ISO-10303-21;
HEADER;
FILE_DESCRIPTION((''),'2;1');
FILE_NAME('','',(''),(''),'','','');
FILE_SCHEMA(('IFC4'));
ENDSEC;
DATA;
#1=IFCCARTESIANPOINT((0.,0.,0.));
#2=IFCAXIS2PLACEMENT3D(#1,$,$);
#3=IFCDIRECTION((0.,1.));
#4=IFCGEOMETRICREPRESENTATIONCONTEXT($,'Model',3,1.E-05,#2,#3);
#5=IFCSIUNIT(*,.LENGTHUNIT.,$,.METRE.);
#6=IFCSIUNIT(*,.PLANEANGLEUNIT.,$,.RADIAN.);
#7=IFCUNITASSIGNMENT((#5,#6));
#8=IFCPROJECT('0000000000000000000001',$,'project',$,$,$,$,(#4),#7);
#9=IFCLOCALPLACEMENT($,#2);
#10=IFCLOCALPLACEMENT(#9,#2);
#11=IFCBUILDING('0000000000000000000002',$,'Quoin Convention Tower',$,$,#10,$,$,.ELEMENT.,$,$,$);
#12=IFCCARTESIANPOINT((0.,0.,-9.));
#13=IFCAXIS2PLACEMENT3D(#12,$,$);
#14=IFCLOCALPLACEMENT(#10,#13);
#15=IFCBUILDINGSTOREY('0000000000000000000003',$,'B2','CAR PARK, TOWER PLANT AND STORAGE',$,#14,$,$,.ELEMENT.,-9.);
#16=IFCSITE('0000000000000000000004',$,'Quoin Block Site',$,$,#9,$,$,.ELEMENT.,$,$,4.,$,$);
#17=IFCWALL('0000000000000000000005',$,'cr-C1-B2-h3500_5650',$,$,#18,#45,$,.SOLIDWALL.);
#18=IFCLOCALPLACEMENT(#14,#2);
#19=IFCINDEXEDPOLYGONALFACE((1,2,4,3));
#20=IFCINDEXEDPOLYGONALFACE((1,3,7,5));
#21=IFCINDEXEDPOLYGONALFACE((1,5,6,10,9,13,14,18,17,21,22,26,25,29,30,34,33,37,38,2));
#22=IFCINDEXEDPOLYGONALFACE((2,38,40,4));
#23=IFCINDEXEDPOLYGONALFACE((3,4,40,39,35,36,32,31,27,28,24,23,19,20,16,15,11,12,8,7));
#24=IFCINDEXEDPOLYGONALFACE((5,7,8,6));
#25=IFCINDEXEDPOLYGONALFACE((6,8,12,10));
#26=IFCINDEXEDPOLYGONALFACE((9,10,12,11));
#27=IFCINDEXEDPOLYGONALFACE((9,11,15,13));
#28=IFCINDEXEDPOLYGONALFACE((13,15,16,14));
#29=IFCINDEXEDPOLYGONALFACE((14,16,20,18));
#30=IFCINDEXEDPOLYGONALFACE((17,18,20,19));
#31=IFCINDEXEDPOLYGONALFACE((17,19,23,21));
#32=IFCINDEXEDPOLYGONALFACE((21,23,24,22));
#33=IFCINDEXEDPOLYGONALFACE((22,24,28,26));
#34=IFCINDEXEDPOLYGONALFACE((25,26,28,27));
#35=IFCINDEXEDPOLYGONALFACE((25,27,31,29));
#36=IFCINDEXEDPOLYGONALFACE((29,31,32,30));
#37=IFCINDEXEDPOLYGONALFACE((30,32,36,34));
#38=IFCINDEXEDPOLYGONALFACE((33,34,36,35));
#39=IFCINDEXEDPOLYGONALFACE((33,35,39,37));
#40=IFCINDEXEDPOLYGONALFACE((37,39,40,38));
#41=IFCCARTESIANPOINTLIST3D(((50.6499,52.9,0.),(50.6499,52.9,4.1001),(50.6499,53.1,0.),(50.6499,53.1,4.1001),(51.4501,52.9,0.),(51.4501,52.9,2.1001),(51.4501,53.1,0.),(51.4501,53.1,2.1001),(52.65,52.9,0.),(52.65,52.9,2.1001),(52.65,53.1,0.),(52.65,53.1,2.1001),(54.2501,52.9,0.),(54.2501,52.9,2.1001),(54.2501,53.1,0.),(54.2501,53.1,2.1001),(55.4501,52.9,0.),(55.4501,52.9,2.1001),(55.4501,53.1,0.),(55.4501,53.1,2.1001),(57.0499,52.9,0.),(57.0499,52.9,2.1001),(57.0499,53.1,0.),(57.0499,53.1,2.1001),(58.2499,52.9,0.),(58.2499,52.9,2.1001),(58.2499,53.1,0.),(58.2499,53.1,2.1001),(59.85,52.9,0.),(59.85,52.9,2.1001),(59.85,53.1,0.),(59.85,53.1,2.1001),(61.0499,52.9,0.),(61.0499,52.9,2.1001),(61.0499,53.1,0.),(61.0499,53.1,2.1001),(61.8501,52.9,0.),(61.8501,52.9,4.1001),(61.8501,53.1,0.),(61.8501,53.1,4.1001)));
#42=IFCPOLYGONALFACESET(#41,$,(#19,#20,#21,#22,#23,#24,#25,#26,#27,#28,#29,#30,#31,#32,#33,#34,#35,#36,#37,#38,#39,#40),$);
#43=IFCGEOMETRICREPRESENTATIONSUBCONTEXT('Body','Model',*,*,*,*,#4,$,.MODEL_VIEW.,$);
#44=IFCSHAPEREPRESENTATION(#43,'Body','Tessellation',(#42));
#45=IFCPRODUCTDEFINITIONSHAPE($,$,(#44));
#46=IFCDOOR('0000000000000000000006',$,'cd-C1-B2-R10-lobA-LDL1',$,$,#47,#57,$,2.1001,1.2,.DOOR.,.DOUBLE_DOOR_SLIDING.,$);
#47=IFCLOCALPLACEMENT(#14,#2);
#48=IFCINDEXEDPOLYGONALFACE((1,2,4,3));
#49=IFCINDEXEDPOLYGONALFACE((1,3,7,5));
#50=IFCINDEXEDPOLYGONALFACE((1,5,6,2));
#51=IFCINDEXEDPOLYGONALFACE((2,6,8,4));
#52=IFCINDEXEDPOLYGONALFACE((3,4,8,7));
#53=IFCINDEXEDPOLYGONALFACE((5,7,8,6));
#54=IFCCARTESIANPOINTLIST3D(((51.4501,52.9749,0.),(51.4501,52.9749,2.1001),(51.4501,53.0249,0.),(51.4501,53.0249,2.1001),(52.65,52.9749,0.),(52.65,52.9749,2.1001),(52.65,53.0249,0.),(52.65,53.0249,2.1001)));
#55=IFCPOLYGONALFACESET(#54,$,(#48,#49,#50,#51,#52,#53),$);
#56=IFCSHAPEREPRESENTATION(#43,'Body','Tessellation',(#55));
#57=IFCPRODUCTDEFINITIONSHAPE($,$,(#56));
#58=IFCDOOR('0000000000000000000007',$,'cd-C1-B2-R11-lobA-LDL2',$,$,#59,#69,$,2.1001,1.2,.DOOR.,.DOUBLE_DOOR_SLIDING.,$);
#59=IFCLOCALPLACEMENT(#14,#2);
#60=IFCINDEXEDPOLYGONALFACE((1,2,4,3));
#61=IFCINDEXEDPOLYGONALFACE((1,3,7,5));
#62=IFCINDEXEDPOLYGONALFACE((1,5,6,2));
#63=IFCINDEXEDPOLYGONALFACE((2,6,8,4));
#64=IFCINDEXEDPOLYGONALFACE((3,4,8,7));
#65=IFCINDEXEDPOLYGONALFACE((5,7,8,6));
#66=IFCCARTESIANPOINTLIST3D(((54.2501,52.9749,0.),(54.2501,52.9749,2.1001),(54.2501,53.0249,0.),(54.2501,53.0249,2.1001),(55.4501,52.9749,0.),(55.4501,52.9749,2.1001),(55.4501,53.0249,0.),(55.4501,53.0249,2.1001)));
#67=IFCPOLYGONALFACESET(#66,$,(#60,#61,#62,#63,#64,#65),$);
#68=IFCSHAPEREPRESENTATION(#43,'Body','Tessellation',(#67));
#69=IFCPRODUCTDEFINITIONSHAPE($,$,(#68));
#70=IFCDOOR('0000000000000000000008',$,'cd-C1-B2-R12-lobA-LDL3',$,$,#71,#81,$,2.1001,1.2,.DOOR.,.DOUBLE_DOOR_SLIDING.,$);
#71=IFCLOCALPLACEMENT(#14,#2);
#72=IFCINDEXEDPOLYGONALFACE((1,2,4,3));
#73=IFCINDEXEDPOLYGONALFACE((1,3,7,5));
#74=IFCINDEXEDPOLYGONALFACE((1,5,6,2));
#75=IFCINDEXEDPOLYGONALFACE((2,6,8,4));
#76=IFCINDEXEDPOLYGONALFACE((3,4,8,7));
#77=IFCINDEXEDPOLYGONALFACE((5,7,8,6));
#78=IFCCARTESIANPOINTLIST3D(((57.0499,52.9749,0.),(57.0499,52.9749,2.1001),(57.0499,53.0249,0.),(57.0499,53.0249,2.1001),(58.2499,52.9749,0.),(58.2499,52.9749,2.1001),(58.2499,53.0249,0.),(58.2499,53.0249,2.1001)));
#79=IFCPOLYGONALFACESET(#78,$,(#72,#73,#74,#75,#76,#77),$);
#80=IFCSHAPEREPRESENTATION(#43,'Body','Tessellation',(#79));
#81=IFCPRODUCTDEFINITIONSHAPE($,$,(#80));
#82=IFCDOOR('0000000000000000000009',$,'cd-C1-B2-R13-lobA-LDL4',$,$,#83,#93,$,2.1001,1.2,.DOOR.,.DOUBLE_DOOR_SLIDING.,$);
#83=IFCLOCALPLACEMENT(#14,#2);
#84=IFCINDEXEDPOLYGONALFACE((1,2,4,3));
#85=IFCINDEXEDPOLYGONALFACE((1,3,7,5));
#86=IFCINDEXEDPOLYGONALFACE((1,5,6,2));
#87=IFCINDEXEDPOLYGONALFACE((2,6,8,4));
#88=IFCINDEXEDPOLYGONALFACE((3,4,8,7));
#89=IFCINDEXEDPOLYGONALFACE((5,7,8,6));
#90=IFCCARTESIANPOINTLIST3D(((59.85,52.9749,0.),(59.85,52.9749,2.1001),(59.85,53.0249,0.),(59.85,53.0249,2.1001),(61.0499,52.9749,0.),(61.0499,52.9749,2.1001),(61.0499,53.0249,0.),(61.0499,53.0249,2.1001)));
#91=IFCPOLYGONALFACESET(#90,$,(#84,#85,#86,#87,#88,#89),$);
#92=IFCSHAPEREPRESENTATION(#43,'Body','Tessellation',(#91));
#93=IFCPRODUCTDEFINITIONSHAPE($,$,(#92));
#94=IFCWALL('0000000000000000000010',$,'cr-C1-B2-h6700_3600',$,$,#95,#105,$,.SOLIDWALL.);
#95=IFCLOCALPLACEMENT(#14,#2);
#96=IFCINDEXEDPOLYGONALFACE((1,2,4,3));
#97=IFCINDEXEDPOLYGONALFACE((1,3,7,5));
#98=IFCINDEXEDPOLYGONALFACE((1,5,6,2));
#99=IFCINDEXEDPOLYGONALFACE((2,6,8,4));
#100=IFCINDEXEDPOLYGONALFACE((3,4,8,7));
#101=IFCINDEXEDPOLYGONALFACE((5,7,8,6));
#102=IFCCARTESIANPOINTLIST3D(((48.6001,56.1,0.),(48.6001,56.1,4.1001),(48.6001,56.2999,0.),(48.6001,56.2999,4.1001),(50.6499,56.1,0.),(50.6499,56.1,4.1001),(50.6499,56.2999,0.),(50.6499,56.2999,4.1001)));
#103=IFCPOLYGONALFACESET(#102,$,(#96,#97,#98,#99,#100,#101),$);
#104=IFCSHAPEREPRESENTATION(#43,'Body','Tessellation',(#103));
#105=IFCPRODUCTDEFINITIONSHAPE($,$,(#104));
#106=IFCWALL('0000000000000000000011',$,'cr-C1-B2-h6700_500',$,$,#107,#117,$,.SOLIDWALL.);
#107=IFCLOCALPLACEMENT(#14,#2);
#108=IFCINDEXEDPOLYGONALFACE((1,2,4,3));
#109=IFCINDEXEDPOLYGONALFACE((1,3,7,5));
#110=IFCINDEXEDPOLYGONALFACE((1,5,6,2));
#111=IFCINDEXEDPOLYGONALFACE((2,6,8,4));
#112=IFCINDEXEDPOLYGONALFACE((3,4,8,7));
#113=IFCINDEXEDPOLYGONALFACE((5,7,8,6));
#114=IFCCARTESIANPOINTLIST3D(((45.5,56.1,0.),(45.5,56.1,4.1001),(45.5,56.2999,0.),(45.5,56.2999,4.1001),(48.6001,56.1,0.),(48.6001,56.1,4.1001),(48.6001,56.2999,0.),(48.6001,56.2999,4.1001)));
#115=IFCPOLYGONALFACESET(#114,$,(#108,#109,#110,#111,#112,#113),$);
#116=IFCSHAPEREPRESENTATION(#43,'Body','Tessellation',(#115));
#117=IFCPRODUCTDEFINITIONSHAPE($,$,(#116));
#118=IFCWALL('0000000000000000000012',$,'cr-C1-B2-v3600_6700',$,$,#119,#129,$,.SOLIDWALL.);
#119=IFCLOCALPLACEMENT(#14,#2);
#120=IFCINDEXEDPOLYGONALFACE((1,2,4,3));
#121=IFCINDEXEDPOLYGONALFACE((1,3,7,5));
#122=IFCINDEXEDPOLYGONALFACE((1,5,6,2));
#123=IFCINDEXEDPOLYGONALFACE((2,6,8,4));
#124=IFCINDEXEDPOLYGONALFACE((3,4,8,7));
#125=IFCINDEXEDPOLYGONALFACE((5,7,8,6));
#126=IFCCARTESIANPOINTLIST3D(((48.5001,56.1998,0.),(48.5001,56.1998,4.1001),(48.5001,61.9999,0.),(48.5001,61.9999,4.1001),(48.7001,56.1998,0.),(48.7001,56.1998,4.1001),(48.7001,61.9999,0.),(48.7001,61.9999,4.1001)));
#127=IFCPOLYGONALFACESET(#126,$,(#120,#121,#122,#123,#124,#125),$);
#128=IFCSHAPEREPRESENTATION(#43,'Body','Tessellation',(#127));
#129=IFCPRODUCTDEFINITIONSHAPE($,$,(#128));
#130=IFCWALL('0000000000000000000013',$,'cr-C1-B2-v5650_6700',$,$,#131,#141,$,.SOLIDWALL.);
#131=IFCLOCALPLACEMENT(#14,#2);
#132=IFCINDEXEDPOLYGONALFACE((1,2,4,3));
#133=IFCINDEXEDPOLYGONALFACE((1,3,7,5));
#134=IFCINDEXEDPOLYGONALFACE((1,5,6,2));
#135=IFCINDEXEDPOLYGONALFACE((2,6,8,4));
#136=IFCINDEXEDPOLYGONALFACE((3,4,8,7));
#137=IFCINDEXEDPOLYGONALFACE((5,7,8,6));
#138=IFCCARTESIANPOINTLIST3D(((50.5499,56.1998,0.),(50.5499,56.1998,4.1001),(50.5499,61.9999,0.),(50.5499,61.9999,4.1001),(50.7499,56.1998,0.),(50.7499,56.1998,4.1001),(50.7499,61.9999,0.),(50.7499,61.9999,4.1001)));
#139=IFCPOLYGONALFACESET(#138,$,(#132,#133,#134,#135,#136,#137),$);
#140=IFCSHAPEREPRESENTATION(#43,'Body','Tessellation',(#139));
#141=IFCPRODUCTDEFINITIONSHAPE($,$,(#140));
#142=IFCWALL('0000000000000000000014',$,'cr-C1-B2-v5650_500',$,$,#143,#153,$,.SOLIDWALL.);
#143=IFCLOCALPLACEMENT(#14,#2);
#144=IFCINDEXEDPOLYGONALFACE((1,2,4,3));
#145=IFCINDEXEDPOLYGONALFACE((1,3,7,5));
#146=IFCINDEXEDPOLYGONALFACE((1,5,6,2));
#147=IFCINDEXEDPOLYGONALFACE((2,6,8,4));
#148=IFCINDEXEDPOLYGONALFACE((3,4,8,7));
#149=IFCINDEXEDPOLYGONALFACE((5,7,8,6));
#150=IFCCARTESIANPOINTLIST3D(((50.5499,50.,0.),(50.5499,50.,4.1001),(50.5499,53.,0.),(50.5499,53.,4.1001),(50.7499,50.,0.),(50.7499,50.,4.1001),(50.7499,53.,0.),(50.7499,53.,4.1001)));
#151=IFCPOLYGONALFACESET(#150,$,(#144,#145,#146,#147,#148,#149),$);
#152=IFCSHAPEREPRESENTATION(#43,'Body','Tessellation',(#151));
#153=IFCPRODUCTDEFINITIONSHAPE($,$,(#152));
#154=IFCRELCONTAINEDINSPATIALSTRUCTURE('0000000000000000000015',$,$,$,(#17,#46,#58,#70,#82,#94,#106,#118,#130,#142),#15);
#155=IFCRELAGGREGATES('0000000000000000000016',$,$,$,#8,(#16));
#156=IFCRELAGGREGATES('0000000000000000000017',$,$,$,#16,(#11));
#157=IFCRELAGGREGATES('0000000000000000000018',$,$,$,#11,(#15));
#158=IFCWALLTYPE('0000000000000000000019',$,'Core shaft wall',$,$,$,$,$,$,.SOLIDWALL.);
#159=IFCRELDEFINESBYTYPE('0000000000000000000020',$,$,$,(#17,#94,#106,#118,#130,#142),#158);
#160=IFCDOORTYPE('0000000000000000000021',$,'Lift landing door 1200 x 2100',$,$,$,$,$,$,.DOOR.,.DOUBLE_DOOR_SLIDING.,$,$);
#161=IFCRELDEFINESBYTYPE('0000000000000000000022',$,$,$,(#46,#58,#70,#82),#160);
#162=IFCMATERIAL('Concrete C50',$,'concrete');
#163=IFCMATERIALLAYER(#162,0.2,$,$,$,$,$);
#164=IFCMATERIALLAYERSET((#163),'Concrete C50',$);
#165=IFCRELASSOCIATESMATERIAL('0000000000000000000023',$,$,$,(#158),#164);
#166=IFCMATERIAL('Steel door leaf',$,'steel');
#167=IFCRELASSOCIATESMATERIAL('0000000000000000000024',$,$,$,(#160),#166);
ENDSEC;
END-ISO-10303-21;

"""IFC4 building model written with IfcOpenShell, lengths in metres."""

from ifc_helpers import new_model, si_unit, direction, frame, frame_2d, origin, place, context, subcontext, project, spatial, rectangle, extrude, material, layer, layer_set, type_object, element, fill, save


model = new_model("IFC4")

# Units and contexts
model_context = context("Model", 3, precision=1e-05, world=origin(), true_north=direction((0.0, 1.0)))
body_context = subcontext(model_context, "Body", "Model", "MODEL_VIEW")
ifc_project = project(units=[si_unit("LENGTHUNIT", "METRE"), si_unit("PLANEANGLEUNIT", "RADIAN")], contexts=[model_context])

# Site, building, storey
site_placement = place(None, origin())
site = spatial("IfcSite", under=ifc_project, at=site_placement, Name="Quoin Block Site", CompositionType="ELEMENT", RefElevation=4.0)
building_placement = place(site_placement, origin())
building = spatial("IfcBuilding", under=site, at=building_placement, Name="Quoin Convention Tower", CompositionType="ELEMENT")
storey_placement = place(building_placement, frame((0.0, 0.0, -9.0)))
storey = spatial("IfcBuildingStorey", under=building, at=storey_placement, Name="B2", Description="CAR PARK, TOWER PLANT AND STORAGE", CompositionType="ELEMENT", Elevation=-9.0)

# Shared definitions
ifc_material_1 = material(Name="Steel door leaf", Category="steel")

# Wall, openings, doors
ifc_material_2 = material(Name="Concrete C50", Category="concrete")
ifc_layer_1 = layer(ifc_material_2, 0.2)
ifc_layer_set_1 = layer_set([ifc_layer_1], Name="Concrete C50")
wall_type_1 = type_object("IfcWallType", Name="Core shaft wall", PredefinedType="SOLIDWALL", material=ifc_layer_set_1)
wall_1_placement = place(storey_placement, frame((50.6499, 53.0, 0.0), z_axis=(0.0, 0.0, 1.0), x_axis=(1.0, 0.0, 0.0)))
wall_1 = element("IfcWall", 1, at=wall_1_placement, inside=storey, type_object=wall_type_1, Name="cr-C1-B2-h3500_5650", PredefinedType="SOLIDWALL", context=body_context, shape_type="SweptSolid", body=[
    extrude(rectangle(XDim=11.2002, YDim=0.2, at=frame_2d((5.6001, 0.0))), origin(), (0.0, 0.0, 1.0), 4.1001),
])
opening_1_placement = place(wall_1_placement, frame((0.8, 0.0, 0.0)))
opening_1 = element("IfcOpeningElement", 2, at=opening_1_placement, cuts=wall_1, PredefinedType="OPENING", context=body_context, shape_type="SweptSolid", body=[
    extrude(rectangle(XDim=1.2, YDim=2.1001, at=frame_2d((0.6001, 1.05))), frame((0.0, 0.1099, 0.0), z_axis=(0.0, -1.0, 0.0), x_axis=(1.0, 0.0, 0.0)), (0.0, 0.0, 1.0), 0.22),
])
opening_2_placement = place(wall_1_placement, frame((3.6001, 0.0, 0.0)))
opening_2 = element("IfcOpeningElement", 3, at=opening_2_placement, cuts=wall_1, PredefinedType="OPENING", context=body_context, shape_type="SweptSolid", body=[
    extrude(rectangle(XDim=1.2, YDim=2.1001, at=frame_2d((0.6001, 1.05))), frame((0.0, 0.1099, 0.0), z_axis=(0.0, -1.0, 0.0), x_axis=(1.0, 0.0, 0.0)), (0.0, 0.0, 1.0), 0.22),
])
opening_3_placement = place(wall_1_placement, frame((6.3999, 0.0, 0.0)))
opening_3 = element("IfcOpeningElement", 4, at=opening_3_placement, cuts=wall_1, PredefinedType="OPENING", context=body_context, shape_type="SweptSolid", body=[
    extrude(rectangle(XDim=1.2, YDim=2.1001, at=frame_2d((0.6001, 1.05))), frame((0.0, 0.1099, 0.0), z_axis=(0.0, -1.0, 0.0), x_axis=(1.0, 0.0, 0.0)), (0.0, 0.0, 1.0), 0.22),
])
opening_4_placement = place(wall_1_placement, frame((9.2, 0.0, 0.0)))
opening_4 = element("IfcOpeningElement", 5, at=opening_4_placement, cuts=wall_1, PredefinedType="OPENING", context=body_context, shape_type="SweptSolid", body=[
    extrude(rectangle(XDim=1.2, YDim=2.1001, at=frame_2d((0.6001, 1.05))), frame((0.0, 0.1099, 0.0), z_axis=(0.0, -1.0, 0.0), x_axis=(1.0, 0.0, 0.0)), (0.0, 0.0, 1.0), 0.22),
])
door_type_1 = type_object("IfcDoorType", Name="Lift landing door 1200 x 2100", OperationType="DOUBLE_DOOR_SLIDING", PredefinedType="DOOR", material=ifc_material_1)
door_1_placement = place(opening_1_placement, origin())
door_1 = element("IfcDoor", 6, at=door_1_placement, inside=storey, type_object=door_type_1, Name="cd-C1-B2-R10-lobA-LDL1", OperationType="DOUBLE_DOOR_SLIDING", OverallHeight=2.1001, OverallWidth=1.2, PredefinedType="DOOR", context=body_context, shape_type="SweptSolid", body=[
    extrude(rectangle(XDim=1.2, YDim=2.1001, at=frame_2d((0.6001, 1.05))), frame((0.0, 0.0249, 0.0), z_axis=(0.0, -1.0, 0.0), x_axis=(1.0, 0.0, 0.0)), (0.0, 0.0, 1.0), 0.05),
])
fill(opening_1, door_1)
door_2_placement = place(opening_2_placement, origin())
door_2 = element("IfcDoor", 7, at=door_2_placement, inside=storey, type_object=door_type_1, Name="cd-C1-B2-R11-lobA-LDL2", OperationType="DOUBLE_DOOR_SLIDING", OverallHeight=2.1001, OverallWidth=1.2, PredefinedType="DOOR", context=body_context, shape_type="SweptSolid", body=[
    extrude(rectangle(XDim=1.2, YDim=2.1001, at=frame_2d((0.6001, 1.05))), frame((0.0, 0.0249, 0.0), z_axis=(0.0, -1.0, 0.0), x_axis=(1.0, 0.0, 0.0)), (0.0, 0.0, 1.0), 0.05),
])
fill(opening_2, door_2)
door_3_placement = place(opening_3_placement, origin())
door_3 = element("IfcDoor", 8, at=door_3_placement, inside=storey, type_object=door_type_1, Name="cd-C1-B2-R12-lobA-LDL3", OperationType="DOUBLE_DOOR_SLIDING", OverallHeight=2.1001, OverallWidth=1.2, PredefinedType="DOOR", context=body_context, shape_type="SweptSolid", body=[
    extrude(rectangle(XDim=1.2, YDim=2.1001, at=frame_2d((0.6001, 1.05))), frame((0.0, 0.0249, 0.0), z_axis=(0.0, -1.0, 0.0), x_axis=(1.0, 0.0, 0.0)), (0.0, 0.0, 1.0), 0.05),
])
fill(opening_3, door_3)
door_4_placement = place(opening_4_placement, origin())
door_4 = element("IfcDoor", 9, at=door_4_placement, inside=storey, type_object=door_type_1, Name="cd-C1-B2-R13-lobA-LDL4", OperationType="DOUBLE_DOOR_SLIDING", OverallHeight=2.1001, OverallWidth=1.2, PredefinedType="DOOR", context=body_context, shape_type="SweptSolid", body=[
    extrude(rectangle(XDim=1.2, YDim=2.1001, at=frame_2d((0.6001, 1.05))), frame((0.0, 0.0249, 0.0), z_axis=(0.0, -1.0, 0.0), x_axis=(1.0, 0.0, 0.0)), (0.0, 0.0, 1.0), 0.05),
])
fill(opening_4, door_4)

# Walls
wall_2_placement = place(storey_placement, frame((48.6001, 56.2, 0.0), z_axis=(0.0, 0.0, 1.0), x_axis=(1.0, 0.0, 0.0)))
element("IfcWall", 10, at=wall_2_placement, inside=storey, type_object=wall_type_1, Name="cr-C1-B2-h6700_3600", PredefinedType="SOLIDWALL", context=body_context, shape_type="SweptSolid", body=[
    extrude(rectangle(XDim=2.0498, YDim=0.2, at=frame_2d((1.0249, 0.0))), origin(), (0.0, 0.0, 1.0), 4.1001),
])
wall_3_placement = place(storey_placement, frame((45.5, 56.2, 0.0), z_axis=(0.0, 0.0, 1.0), x_axis=(1.0, 0.0, 0.0)))
element("IfcWall", 11, at=wall_3_placement, inside=storey, type_object=wall_type_1, Name="cr-C1-B2-h6700_500", PredefinedType="SOLIDWALL", context=body_context, shape_type="SweptSolid", body=[
    extrude(rectangle(XDim=3.1001, YDim=0.2, at=frame_2d((1.55, 0.0))), origin(), (0.0, 0.0, 1.0), 4.1001),
])
for number, where, z_axis, x_axis, name in (
    (12, (48.6001, 56.2, 0.0), (0.0, 0.0, 1.0), (0.0, 1.0, 0.0), "cr-C1-B2-v3600_6700"),
    (13, (50.6499, 56.2, 0.0), (0.0, 0.0, 1.0), (0.0, 1.0, 0.0), "cr-C1-B2-v5650_6700"),
):
    element("IfcWall", number, at=place(storey_placement, frame(where, z_axis=z_axis, x_axis=x_axis)), inside=storey, type_object=wall_type_1, Name=name, PredefinedType="SOLIDWALL", context=body_context, shape_type="SweptSolid", body=[
        extrude(rectangle(XDim=5.8, YDim=0.2, at=frame_2d((2.8999, 0.0))), origin(), (0.0, 0.0, 1.0), 4.1001),
    ])
wall_4_placement = place(storey_placement, frame((50.6499, 50.0, 0.0), z_axis=(0.0, 0.0, 1.0), x_axis=(0.0, 1.0, 0.0)))
element("IfcWall", 14, at=wall_4_placement, inside=storey, type_object=wall_type_1, Name="cr-C1-B2-v5650_500", PredefinedType="SOLIDWALL", context=body_context, shape_type="SweptSolid", body=[
    extrude(rectangle(XDim=3.0, YDim=0.2, at=frame_2d((1.5, 0.0))), origin(), (0.0, 0.0, 1.0), 4.1001),
])

save(model, "model.ifc")
